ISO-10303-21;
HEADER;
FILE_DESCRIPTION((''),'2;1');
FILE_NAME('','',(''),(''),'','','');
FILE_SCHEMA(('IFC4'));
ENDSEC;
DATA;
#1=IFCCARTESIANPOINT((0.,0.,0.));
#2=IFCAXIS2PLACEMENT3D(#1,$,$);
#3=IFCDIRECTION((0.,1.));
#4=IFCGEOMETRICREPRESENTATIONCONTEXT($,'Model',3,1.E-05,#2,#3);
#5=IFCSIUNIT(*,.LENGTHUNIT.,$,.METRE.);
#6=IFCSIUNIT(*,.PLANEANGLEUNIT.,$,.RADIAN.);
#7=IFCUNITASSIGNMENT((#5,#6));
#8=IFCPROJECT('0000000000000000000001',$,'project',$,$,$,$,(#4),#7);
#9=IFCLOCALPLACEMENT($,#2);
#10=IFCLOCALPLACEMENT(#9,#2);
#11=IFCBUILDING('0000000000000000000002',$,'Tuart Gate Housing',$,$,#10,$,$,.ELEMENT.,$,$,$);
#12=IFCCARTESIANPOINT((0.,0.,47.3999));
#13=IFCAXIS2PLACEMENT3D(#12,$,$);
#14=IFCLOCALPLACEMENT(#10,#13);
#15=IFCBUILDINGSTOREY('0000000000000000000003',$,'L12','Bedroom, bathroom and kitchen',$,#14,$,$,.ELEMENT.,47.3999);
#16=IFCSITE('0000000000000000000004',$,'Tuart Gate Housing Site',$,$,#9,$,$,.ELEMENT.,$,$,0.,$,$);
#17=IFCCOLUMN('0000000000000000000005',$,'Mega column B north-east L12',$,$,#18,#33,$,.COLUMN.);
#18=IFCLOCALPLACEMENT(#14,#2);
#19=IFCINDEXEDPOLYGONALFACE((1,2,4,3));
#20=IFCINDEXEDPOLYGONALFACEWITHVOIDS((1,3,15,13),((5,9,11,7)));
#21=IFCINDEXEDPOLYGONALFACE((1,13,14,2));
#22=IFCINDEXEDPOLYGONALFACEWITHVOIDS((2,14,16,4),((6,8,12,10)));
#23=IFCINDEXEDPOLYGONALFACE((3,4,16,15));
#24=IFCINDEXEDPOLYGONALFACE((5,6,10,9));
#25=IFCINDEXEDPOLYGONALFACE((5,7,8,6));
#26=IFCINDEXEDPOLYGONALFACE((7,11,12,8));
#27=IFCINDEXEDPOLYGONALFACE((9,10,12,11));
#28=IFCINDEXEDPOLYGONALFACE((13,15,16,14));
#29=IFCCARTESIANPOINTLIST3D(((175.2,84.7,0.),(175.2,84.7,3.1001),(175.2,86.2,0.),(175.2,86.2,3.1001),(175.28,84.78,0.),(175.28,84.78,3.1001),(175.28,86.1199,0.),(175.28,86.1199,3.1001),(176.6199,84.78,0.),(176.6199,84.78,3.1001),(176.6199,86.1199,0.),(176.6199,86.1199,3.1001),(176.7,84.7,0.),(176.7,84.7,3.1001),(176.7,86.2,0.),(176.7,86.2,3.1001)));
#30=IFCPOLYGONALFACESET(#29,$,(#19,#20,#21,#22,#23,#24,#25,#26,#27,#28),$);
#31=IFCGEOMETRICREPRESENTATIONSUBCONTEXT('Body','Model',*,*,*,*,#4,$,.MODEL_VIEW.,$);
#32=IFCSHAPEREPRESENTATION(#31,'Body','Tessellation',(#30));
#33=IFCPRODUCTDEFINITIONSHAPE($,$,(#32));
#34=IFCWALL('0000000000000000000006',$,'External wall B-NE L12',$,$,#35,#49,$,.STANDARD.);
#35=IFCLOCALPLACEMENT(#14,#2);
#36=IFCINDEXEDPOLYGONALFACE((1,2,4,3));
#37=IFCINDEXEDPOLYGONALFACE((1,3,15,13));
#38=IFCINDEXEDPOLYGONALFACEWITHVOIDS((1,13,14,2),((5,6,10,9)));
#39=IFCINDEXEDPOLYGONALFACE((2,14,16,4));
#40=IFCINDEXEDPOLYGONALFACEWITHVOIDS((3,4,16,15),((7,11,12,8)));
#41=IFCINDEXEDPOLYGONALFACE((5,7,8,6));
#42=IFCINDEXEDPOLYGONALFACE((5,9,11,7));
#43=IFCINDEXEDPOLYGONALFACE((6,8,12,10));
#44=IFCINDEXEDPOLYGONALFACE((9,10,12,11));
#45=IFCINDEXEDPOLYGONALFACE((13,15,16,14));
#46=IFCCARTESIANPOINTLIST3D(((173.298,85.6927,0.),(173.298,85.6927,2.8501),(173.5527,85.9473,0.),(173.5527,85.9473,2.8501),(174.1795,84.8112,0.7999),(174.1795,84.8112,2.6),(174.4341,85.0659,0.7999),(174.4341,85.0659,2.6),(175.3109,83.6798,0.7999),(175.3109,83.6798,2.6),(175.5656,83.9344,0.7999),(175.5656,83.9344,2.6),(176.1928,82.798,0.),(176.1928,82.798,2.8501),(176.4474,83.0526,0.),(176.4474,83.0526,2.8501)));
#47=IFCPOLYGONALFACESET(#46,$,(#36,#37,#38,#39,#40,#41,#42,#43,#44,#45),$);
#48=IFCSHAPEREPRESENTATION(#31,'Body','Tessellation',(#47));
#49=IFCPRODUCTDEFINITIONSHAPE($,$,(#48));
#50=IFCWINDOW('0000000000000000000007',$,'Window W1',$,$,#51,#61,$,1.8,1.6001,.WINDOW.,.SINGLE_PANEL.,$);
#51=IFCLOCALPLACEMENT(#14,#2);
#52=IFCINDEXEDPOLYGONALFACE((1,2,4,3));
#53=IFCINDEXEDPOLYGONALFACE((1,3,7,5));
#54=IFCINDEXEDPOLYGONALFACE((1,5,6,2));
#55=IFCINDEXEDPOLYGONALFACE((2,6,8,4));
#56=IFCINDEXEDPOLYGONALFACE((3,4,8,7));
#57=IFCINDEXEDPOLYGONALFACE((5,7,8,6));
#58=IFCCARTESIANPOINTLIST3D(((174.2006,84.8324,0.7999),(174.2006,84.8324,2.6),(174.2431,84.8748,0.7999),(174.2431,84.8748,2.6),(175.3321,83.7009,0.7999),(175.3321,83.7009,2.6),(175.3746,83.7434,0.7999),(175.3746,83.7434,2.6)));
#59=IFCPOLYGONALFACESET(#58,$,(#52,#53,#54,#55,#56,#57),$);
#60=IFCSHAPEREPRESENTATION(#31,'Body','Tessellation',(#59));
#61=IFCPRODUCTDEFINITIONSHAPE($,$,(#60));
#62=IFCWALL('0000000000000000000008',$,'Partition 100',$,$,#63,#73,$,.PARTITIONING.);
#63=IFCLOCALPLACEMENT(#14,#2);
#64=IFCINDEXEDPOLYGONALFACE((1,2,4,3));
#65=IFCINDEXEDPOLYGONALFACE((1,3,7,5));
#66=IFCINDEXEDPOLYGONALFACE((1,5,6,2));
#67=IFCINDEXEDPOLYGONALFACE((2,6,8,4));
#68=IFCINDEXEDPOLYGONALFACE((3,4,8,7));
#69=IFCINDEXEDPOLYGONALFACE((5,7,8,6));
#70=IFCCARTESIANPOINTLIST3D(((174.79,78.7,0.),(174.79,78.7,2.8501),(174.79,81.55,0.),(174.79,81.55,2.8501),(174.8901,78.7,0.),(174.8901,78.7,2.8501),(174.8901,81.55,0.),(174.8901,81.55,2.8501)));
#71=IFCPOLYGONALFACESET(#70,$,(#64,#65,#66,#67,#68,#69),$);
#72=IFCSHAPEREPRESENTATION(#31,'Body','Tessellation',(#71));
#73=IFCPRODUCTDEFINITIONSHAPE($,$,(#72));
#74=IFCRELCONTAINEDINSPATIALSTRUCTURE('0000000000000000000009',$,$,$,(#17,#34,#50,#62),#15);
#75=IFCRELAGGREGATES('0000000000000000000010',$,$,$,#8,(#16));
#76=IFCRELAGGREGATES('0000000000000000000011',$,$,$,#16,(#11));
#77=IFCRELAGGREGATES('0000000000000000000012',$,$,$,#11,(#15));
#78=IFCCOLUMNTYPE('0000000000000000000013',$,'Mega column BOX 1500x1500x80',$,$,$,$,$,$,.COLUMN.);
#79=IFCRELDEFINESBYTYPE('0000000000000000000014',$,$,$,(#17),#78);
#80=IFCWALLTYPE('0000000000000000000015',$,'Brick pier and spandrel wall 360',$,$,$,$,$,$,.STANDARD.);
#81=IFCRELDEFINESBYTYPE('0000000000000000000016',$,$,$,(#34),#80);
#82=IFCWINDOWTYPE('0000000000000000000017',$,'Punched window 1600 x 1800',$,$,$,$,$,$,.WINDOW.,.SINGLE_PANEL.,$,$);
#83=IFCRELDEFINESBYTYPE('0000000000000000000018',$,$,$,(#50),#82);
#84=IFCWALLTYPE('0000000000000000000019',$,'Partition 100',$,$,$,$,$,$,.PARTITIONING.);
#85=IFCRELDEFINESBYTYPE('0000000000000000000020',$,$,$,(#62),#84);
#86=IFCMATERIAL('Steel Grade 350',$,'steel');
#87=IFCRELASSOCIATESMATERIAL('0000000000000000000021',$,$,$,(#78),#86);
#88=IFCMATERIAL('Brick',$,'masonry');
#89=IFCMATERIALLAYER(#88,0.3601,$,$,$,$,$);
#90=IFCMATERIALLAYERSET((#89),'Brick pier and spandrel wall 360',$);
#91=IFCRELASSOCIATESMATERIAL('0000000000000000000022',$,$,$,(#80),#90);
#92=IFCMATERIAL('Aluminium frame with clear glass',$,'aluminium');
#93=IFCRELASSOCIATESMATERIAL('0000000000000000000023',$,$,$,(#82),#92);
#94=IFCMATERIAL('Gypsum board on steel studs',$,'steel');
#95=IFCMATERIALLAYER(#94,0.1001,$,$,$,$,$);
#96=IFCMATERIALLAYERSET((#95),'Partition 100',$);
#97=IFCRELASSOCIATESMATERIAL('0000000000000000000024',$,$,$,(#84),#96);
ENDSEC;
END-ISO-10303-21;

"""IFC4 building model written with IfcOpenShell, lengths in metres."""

from ifc_helpers import new_model, si_unit, direction, frame, frame_2d, origin, origin_2d, place, context, subcontext, project, spatial, rectangle, hollow_rectangle, extrude, material, layer, layer_set, material_profile, profile_set, type_object, element, fill, save


model = new_model("IFC4")

# Units and contexts
model_context = context("Model", 3, precision=1e-05, world=origin(), true_north=direction((0.0, 1.0)))
body_context = subcontext(model_context, "Body", "Model", "MODEL_VIEW")
ifc_project = project(units=[si_unit("LENGTHUNIT", "METRE"), si_unit("PLANEANGLEUNIT", "RADIAN")], contexts=[model_context])

# Site, building, storey
site_placement = place(None, origin())
site = spatial("IfcSite", under=ifc_project, at=site_placement, Name="Tuart Gate Housing Site", CompositionType="ELEMENT", RefElevation=0.0)
building_placement = place(site_placement, origin())
building = spatial("IfcBuilding", under=site, at=building_placement, Name="Tuart Gate Housing", CompositionType="ELEMENT")
storey_placement = place(building_placement, frame((0.0, 0.0, 47.3999)))
storey = spatial("IfcBuildingStorey", under=building, at=storey_placement, Name="L12", Description="Bedroom, bathroom and kitchen", CompositionType="ELEMENT", Elevation=47.3999)

# Column
ifc_material_1 = material(Name="Steel Grade 350", Category="steel")
ifc_material_profile = material_profile(ifc_material_1, hollow_rectangle(XDim=1.5, YDim=1.5, WallThickness=0.0801, at=origin_2d()), Name="BOX 1500x1500x80")
ifc_profile_set = profile_set([ifc_material_profile], Name="Steel Grade 350")
column_type = type_object("IfcColumnType", Name="Mega column BOX 1500x1500x80", PredefinedType="COLUMN", material=ifc_profile_set)
column_placement = place(storey_placement, frame((175.95, 85.45, 0.0), z_axis=(0.0, 0.0, 1.0), x_axis=(1.0, 0.0, 0.0)))
element("IfcColumn", 1, at=column_placement, inside=storey, type_object=column_type, Name="Mega column B north-east L12", PredefinedType="COLUMN", context=body_context, shape_type="SweptSolid", body=[
    extrude(hollow_rectangle(XDim=1.5, YDim=1.5, WallThickness=0.0801, at=origin_2d()), origin(), (0.0, 0.0, 1.0), 3.1001),
])

# Wall, opening, window
ifc_material_2 = material(Name="Brick", Category="masonry")
ifc_layer_1 = layer(ifc_material_2, 0.3601)
ifc_layer_set_1 = layer_set([ifc_layer_1], Name="Brick pier and spandrel wall 360")
wall_type_1 = type_object("IfcWallType", Name="Brick pier and spandrel wall 360", PredefinedType="STANDARD", material=ifc_layer_set_1)
wall_1_placement = place(storey_placement, frame((176.3201, 82.9253, 0.0), z_axis=(0.0, 0.0, 1.0), x_axis=(-0.707107, 0.707107, 0.0)))
wall_1 = element("IfcWall", 2, at=wall_1_placement, inside=storey, type_object=wall_type_1, Name="External wall B-NE L12", PredefinedType="STANDARD", context=body_context, shape_type="SweptSolid", body=[
    extrude(rectangle(XDim=4.0938, YDim=0.3601, at=frame_2d((2.0469, 0.0))), origin(), (0.0, 0.0, 1.0), 2.8501),
])
opening_1_placement = place(wall_1_placement, frame((1.2471, 0.0, 0.8)))
opening_1 = element("IfcOpeningElement", 3, at=opening_1_placement, cuts=wall_1, PredefinedType="OPENING", context=body_context, shape_type="SweptSolid", body=[
    extrude(rectangle(XDim=1.6001, YDim=1.8, at=frame_2d((0.8, 0.8999))), frame((0.0, 0.1899, 0.0), z_axis=(0.0, -1.0, 0.0), x_axis=(1.0, 0.0, 0.0)), (0.0, 0.0, 1.0), 0.3801),
])
ifc_material_3 = material(Name="Aluminium frame with clear glass", Category="aluminium")
window_type_1 = type_object("IfcWindowType", Name="Punched window 1600 x 1800", PartitioningType="SINGLE_PANEL", PredefinedType="WINDOW", material=ifc_material_3)
window_1_placement = place(opening_1_placement, origin())
window_1 = element("IfcWindow", 4, at=window_1_placement, inside=storey, type_object=window_type_1, Name="Window W1", OverallHeight=1.8, OverallWidth=1.6001, PartitioningType="SINGLE_PANEL", PredefinedType="WINDOW", context=body_context, shape_type="SweptSolid", body=[
    extrude(rectangle(XDim=1.6001, YDim=1.8, at=frame_2d((0.8, 0.8999))), frame((0.0, 0.1501, 0.0), z_axis=(0.0, -1.0, 0.0), x_axis=(1.0, 0.0, 0.0)), (0.0, 0.0, 1.0), 0.0601),
])
fill(opening_1, window_1)

# Wall
ifc_material_4 = material(Name="Gypsum board on steel studs", Category="steel")
ifc_layer_2 = layer(ifc_material_4, 0.1001)
ifc_layer_set_2 = layer_set([ifc_layer_2], Name="Partition 100")
wall_type_2 = type_object("IfcWallType", Name="Partition 100", PredefinedType="PARTITIONING", material=ifc_layer_set_2)
wall_2_placement = place(storey_placement, frame((174.8401, 78.7, 0.0), z_axis=(0.0, 0.0, 1.0), x_axis=(0.0, 1.0, 0.0)))
element("IfcWall", 5, at=wall_2_placement, inside=storey, type_object=wall_type_2, Name="Partition 100", PredefinedType="PARTITIONING", context=body_context, shape_type="SweptSolid", body=[
    extrude(rectangle(XDim=2.8501, YDim=0.1001, at=frame_2d((1.425, 0.0))), origin(), (0.0, 0.0, 1.0), 2.8501),
])

save(model, "model.ifc")
